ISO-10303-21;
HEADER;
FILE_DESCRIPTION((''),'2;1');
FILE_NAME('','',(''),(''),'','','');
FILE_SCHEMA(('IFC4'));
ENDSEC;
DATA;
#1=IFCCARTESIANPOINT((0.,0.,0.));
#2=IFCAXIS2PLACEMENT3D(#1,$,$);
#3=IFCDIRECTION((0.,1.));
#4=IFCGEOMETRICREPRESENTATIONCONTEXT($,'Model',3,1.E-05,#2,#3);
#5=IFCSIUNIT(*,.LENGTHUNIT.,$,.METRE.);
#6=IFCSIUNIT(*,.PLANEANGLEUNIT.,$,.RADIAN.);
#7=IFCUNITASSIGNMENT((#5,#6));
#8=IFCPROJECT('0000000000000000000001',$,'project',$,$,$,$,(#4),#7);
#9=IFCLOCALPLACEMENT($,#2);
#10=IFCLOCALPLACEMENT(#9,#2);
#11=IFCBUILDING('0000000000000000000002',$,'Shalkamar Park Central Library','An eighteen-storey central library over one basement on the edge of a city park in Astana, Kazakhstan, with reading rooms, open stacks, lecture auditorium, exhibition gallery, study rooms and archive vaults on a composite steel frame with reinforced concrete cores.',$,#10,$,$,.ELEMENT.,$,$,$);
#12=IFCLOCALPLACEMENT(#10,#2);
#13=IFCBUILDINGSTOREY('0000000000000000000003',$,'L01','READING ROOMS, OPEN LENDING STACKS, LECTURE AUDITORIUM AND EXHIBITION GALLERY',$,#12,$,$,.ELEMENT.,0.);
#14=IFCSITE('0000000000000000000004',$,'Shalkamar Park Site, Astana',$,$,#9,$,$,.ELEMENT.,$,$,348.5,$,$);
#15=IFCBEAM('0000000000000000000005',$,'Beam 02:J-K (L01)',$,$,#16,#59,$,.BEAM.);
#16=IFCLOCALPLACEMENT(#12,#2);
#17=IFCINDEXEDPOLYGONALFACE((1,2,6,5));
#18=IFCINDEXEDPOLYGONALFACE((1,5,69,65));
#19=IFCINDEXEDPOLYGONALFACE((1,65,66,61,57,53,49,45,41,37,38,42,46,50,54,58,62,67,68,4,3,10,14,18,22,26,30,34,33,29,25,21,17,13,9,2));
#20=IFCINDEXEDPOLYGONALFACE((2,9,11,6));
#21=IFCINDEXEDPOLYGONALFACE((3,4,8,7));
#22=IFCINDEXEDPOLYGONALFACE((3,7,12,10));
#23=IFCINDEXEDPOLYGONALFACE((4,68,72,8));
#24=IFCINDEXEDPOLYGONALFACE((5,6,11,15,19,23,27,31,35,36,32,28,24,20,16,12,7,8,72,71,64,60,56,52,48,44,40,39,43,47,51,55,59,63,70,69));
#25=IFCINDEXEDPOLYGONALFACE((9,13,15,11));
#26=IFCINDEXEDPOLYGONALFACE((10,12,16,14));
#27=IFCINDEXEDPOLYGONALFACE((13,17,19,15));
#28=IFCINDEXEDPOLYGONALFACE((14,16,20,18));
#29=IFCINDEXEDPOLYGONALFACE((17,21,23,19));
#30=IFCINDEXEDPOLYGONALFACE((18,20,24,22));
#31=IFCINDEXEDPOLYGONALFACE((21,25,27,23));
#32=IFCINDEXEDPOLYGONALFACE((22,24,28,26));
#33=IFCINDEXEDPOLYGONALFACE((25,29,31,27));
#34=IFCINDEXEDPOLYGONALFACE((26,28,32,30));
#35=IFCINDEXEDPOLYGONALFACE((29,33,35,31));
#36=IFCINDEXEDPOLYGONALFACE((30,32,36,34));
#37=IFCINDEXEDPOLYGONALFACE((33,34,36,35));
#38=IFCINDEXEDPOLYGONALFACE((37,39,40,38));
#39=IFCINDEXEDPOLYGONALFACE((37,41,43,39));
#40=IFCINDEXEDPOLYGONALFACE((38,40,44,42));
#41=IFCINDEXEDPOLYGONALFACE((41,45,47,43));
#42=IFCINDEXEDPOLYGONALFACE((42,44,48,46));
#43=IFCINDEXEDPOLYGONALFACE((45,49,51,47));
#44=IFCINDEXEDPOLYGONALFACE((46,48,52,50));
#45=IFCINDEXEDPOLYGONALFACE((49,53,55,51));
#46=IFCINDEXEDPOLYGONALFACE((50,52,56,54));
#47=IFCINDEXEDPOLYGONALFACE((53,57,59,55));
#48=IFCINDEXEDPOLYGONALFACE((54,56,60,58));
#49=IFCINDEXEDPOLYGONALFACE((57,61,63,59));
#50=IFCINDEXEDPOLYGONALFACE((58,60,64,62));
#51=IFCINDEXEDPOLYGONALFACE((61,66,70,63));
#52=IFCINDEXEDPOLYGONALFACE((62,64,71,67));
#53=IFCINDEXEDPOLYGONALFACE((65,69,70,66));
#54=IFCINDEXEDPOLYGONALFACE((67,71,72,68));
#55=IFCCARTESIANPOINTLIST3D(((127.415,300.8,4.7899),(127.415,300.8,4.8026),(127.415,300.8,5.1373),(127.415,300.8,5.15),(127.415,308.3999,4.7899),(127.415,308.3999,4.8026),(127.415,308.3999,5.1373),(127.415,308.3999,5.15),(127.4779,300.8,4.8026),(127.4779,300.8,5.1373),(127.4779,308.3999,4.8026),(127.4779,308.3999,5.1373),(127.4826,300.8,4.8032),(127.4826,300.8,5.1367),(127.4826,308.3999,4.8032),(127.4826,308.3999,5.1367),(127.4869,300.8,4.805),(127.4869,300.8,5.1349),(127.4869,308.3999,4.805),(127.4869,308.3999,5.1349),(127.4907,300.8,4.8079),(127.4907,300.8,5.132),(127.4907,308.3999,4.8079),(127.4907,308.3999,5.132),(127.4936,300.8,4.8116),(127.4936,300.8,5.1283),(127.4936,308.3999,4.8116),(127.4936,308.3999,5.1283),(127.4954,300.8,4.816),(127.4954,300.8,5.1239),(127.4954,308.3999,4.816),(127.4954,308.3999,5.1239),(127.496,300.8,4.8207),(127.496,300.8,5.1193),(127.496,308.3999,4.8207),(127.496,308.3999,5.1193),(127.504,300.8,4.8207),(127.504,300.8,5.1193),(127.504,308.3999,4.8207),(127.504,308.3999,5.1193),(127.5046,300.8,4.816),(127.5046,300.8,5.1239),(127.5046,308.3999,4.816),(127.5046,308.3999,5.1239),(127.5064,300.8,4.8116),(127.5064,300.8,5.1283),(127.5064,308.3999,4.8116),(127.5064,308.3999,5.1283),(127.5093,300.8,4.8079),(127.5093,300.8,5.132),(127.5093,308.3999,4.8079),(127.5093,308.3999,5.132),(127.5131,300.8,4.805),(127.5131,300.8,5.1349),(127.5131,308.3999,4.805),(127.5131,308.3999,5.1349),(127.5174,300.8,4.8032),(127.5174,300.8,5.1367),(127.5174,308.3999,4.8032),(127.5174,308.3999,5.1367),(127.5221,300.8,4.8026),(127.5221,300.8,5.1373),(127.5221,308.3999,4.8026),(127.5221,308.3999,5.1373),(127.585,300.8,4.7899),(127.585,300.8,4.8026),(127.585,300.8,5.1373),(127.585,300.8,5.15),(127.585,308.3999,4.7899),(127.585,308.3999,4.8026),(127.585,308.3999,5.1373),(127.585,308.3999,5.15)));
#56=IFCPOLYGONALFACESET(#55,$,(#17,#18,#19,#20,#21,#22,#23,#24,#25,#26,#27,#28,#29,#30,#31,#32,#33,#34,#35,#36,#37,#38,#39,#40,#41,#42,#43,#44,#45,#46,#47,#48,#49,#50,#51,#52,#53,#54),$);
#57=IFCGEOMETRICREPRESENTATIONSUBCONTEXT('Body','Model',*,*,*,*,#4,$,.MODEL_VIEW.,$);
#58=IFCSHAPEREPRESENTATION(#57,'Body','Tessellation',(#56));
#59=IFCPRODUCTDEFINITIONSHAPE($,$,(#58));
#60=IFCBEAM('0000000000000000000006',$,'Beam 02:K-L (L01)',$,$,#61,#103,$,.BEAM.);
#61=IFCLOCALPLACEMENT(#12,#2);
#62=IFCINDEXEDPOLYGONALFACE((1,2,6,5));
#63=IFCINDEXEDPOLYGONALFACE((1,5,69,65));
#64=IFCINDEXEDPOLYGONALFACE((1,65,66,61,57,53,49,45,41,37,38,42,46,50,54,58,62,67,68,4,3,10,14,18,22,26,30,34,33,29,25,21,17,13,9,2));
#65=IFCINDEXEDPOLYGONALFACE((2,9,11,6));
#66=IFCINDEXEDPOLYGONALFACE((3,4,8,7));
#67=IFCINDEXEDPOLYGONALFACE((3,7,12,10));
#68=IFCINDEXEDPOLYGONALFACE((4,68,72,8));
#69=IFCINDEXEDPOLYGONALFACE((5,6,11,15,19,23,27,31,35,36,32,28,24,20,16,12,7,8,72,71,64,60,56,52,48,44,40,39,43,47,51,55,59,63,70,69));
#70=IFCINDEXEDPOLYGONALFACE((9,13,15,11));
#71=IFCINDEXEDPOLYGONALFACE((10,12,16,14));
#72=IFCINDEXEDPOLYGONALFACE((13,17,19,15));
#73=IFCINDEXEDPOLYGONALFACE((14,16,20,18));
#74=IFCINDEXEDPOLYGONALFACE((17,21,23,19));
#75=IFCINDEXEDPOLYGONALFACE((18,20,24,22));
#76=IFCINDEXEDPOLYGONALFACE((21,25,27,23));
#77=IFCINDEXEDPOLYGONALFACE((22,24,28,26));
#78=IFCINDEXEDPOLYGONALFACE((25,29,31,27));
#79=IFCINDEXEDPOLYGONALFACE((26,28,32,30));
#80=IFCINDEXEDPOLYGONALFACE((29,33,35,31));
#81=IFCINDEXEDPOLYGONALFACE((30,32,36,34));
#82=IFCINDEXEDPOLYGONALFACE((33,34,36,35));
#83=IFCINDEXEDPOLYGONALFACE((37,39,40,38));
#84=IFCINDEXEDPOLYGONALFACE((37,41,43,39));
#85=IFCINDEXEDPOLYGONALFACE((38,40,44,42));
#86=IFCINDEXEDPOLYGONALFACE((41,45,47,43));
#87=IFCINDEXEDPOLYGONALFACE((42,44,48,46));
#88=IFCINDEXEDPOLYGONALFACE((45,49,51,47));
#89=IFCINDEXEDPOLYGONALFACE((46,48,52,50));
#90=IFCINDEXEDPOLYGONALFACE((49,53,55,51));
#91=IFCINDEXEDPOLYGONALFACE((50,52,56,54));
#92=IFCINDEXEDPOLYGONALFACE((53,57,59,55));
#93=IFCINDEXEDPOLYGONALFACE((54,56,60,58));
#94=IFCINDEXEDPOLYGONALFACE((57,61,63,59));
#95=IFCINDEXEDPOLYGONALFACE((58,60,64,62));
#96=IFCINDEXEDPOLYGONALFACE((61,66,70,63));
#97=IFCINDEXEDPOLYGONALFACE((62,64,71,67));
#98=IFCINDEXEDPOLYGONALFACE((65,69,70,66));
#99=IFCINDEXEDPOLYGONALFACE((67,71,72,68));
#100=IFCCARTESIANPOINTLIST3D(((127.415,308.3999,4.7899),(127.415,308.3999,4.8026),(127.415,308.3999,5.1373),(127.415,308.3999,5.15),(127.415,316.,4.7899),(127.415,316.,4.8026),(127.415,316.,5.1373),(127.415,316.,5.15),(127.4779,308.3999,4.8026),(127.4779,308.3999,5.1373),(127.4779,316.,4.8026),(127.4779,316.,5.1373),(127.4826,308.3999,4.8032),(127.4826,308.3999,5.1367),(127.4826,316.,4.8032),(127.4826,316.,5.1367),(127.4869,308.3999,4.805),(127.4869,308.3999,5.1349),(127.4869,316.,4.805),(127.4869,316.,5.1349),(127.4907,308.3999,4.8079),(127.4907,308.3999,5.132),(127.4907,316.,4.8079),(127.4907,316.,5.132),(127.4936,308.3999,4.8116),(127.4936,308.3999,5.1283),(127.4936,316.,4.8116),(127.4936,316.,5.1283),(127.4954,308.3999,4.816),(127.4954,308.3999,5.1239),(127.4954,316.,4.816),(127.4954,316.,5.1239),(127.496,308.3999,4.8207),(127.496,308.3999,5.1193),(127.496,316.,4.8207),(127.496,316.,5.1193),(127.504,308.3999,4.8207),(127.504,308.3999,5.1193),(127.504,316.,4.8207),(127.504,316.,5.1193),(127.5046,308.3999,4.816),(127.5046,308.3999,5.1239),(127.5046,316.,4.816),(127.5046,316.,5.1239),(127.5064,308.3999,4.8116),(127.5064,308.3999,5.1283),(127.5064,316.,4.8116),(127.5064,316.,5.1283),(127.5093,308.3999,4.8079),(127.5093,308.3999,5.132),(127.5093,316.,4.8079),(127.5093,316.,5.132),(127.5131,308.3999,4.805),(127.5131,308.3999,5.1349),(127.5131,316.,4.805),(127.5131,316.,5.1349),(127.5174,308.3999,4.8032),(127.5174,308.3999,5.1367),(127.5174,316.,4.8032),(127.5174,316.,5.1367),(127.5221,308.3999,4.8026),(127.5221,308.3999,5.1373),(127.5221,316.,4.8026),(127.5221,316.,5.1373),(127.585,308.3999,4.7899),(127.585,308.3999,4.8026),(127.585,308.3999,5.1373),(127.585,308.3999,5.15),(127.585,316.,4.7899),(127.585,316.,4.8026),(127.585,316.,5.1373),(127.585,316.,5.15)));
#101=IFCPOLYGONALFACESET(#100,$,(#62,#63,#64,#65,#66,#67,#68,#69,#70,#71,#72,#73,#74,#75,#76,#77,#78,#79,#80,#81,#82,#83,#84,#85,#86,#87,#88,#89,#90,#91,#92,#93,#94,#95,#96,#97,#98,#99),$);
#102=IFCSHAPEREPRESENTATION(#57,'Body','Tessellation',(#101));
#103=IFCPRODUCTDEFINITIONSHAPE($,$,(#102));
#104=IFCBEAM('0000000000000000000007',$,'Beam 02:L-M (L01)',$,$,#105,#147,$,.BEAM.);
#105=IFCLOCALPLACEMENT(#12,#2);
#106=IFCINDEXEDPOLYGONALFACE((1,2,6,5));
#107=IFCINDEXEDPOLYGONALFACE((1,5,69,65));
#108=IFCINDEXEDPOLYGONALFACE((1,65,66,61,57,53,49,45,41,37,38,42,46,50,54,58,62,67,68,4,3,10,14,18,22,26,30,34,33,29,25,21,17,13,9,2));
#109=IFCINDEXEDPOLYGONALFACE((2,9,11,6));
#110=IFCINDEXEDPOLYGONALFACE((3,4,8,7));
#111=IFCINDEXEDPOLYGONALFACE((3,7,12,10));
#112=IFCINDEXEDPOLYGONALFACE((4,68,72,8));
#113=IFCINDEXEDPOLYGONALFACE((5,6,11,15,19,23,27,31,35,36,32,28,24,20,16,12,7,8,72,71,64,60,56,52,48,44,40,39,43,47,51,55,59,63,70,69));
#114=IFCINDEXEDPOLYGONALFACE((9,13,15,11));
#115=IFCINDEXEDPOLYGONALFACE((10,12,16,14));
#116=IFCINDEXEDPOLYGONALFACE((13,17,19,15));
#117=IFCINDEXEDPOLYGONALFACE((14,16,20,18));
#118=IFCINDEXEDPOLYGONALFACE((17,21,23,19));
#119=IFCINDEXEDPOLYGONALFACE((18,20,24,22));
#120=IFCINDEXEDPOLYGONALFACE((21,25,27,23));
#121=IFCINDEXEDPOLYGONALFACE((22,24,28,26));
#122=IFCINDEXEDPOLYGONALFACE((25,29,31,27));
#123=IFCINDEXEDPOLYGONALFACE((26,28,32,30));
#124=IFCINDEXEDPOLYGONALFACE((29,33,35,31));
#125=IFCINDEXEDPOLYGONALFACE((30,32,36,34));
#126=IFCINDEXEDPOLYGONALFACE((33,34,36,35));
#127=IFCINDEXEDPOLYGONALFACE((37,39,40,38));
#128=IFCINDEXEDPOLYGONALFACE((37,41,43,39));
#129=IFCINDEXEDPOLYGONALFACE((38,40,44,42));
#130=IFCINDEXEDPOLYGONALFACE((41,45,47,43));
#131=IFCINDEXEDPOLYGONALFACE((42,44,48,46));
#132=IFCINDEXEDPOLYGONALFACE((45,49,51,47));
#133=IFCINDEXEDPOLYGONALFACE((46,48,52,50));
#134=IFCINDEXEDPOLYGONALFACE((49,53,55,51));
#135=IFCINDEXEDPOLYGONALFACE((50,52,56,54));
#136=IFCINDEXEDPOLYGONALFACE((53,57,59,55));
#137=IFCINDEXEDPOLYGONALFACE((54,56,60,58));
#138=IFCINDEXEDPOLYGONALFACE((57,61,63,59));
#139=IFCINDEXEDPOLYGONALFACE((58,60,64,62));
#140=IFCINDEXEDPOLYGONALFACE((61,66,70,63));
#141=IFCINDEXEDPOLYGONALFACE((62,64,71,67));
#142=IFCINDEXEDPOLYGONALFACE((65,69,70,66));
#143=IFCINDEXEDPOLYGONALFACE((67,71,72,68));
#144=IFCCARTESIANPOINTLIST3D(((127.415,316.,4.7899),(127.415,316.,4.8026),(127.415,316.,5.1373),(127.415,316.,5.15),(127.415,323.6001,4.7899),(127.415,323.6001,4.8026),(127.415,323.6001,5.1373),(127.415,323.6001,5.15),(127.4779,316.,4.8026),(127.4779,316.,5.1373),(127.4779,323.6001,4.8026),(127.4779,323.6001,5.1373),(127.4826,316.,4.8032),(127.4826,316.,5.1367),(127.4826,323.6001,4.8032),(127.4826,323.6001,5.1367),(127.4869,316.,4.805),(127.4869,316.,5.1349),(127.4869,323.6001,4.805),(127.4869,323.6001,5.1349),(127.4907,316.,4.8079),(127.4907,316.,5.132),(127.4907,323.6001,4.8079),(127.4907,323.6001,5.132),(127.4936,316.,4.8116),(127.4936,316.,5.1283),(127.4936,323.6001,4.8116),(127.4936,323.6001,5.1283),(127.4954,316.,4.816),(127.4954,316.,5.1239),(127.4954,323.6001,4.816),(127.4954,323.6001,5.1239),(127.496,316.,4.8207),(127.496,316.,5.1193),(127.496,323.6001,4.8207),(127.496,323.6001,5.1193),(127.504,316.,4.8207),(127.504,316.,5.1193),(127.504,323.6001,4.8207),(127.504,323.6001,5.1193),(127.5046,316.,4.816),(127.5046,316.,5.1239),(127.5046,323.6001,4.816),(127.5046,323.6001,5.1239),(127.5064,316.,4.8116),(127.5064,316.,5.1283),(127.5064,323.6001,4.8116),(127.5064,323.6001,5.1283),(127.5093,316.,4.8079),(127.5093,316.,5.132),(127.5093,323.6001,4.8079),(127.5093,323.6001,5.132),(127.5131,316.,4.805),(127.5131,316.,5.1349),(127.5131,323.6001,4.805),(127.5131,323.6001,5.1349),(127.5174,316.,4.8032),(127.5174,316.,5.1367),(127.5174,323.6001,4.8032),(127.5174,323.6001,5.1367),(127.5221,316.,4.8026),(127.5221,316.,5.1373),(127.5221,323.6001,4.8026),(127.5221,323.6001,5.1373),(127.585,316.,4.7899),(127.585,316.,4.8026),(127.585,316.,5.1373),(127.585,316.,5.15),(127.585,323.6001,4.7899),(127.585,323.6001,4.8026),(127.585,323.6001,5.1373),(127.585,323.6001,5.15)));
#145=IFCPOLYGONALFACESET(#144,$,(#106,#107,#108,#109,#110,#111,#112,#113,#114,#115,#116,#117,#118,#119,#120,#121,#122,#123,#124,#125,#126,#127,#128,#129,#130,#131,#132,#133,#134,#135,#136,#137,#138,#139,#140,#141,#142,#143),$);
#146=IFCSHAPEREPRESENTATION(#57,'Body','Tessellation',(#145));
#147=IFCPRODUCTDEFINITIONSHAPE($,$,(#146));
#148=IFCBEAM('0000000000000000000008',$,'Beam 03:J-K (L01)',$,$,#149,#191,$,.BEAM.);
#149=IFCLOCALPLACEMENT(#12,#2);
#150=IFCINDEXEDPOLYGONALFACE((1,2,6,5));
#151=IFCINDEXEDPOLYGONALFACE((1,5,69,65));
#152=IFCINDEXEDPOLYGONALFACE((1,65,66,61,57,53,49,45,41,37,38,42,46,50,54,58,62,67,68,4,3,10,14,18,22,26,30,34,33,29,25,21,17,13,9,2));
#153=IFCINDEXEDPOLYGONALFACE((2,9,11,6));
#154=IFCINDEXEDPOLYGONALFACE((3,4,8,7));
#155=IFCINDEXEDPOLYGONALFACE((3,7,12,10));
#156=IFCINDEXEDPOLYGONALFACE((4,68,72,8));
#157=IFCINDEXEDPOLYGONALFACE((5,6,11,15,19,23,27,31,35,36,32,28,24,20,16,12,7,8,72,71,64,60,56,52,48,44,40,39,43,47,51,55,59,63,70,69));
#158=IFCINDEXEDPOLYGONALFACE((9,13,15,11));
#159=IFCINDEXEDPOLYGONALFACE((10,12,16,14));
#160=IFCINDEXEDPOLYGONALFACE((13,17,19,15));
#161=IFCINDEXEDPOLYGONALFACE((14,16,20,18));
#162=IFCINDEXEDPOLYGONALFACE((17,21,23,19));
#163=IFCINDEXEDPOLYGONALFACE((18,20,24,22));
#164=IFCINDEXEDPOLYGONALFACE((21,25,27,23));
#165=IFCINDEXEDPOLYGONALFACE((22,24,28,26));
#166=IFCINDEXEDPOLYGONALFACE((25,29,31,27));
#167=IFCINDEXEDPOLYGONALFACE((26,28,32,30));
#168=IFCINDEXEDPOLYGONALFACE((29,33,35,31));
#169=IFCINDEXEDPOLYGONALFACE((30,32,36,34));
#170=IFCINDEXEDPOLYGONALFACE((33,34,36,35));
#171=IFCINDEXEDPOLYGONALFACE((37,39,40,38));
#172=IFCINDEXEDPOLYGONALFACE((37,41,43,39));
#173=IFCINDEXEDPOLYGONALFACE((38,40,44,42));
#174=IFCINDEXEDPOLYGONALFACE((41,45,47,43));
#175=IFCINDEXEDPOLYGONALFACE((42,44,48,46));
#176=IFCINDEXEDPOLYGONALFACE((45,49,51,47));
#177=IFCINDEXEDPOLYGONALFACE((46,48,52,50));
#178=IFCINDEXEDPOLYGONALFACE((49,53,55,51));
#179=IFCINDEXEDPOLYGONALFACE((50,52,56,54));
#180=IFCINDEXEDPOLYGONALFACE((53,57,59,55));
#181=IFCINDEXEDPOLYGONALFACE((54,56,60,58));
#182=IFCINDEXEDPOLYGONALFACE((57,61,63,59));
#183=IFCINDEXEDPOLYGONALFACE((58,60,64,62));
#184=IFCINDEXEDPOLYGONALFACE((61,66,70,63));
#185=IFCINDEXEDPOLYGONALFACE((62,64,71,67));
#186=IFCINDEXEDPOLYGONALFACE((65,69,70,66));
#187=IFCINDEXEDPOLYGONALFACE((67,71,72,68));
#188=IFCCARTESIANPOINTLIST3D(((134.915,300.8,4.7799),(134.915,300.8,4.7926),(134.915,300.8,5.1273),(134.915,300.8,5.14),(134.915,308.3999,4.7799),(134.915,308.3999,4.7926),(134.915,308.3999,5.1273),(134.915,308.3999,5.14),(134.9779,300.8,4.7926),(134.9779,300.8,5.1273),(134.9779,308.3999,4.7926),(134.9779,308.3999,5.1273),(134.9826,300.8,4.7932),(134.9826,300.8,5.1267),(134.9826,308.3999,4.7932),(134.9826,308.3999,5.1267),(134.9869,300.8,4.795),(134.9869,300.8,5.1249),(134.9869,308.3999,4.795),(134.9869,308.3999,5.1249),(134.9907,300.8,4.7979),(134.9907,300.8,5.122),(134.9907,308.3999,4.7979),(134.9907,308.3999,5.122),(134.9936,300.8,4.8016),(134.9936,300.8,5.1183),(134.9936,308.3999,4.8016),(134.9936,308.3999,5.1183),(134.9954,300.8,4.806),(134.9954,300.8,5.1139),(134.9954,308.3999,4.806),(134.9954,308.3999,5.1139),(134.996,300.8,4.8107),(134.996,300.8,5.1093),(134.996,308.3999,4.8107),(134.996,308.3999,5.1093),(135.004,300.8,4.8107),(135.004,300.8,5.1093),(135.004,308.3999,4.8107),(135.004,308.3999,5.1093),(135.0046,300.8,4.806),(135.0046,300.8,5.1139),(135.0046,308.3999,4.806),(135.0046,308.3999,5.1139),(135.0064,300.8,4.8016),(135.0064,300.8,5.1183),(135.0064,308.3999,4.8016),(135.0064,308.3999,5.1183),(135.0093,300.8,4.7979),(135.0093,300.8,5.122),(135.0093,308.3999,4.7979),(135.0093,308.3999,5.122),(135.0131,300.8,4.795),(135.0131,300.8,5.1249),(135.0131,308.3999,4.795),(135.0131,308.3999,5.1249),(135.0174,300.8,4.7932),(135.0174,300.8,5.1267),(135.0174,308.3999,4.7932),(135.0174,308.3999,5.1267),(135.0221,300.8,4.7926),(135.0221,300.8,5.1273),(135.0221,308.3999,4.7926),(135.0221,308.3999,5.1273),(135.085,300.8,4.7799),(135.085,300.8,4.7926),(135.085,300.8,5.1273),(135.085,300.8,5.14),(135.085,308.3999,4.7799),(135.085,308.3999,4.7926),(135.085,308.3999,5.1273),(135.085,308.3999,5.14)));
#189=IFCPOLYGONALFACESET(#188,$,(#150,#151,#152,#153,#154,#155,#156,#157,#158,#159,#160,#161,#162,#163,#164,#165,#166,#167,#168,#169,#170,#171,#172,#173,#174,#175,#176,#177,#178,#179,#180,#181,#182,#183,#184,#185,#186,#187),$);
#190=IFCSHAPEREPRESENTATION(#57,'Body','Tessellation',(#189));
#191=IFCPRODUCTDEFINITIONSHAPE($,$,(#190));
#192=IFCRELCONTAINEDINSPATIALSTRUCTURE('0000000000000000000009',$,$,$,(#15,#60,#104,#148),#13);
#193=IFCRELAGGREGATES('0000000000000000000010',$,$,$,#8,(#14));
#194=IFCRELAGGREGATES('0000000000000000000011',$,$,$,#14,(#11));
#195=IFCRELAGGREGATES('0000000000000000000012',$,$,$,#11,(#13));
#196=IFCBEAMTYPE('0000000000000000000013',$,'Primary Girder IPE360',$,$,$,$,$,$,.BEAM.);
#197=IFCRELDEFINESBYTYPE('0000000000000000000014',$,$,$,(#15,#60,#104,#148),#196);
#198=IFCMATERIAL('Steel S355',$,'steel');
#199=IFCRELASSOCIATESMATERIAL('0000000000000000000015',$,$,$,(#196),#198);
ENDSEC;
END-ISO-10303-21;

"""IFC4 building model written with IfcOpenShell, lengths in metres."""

from ifc_helpers import new_model, si_unit, direction, frame, origin, origin_2d, place, context, subcontext, project, spatial, i_section, extrude, material, material_profile, profile_set, type_object, element, save


model = new_model("IFC4")

# Units and contexts
model_context = context("Model", 3, precision=1e-05, world=origin(), true_north=direction((0.0, 1.0)))
body_context = subcontext(model_context, "Body", "Model", "MODEL_VIEW")
ifc_project = project(units=[si_unit("LENGTHUNIT", "METRE"), si_unit("PLANEANGLEUNIT", "RADIAN")], contexts=[model_context])

# Site, building, storey
site_placement = place(None, origin())
site = spatial("IfcSite", under=ifc_project, at=site_placement, Name="Shalkamar Park Site, Astana", CompositionType="ELEMENT", RefElevation=348.5)
building_placement = place(site_placement, origin())
building = spatial("IfcBuilding", under=site, at=building_placement, Name="Shalkamar Park Central Library", Description="An eighteen-storey central library over one basement on the edge of a city park in Astana, Kazakhstan, with reading rooms, open stacks, lecture auditorium, exhibition gallery, study rooms and archive vaults on a composite steel frame with reinforced concrete cores.", CompositionType="ELEMENT")
storey_placement = place(building_placement, origin())
storey = spatial("IfcBuildingStorey", under=building, at=storey_placement, Name="L01", Description="READING ROOMS, OPEN LENDING STACKS, LECTURE AUDITORIUM AND EXHIBITION GALLERY", CompositionType="ELEMENT", Elevation=0.0)

# Shared definitions
ifc_material_1 = material(Name="Steel S355", Category="steel")

# Beams
ifc_material_profile_1 = material_profile(ifc_material_1, i_section(OverallWidth=0.1699, OverallDepth=0.3601, WebThickness=0.0081, FlangeThickness=0.0127, FilletRadius=0.0181, at=origin_2d()), Name="IPE 360")
ifc_profile_set_1 = profile_set([ifc_material_profile_1], Name="Steel S355")
beam_type_1 = type_object("IfcBeamType", Name="Primary Girder IPE360", PredefinedType="BEAM", material=ifc_profile_set_1)
beam_1_placement = place(storey_placement, frame((127.5, 300.8, 4.97), z_axis=(0.0, 1.0, 0.0), x_axis=(-1.0, 0.0, 0.0)))
element("IfcBeam", 1, at=beam_1_placement, inside=storey, type_object=beam_type_1, Name="Beam 02:J-K (L01)", PredefinedType="BEAM", context=body_context, shape_type="SweptSolid", body=[
    extrude(i_section(OverallWidth=0.1699, OverallDepth=0.3601, WebThickness=0.0081, FlangeThickness=0.0127, FilletRadius=0.0181, at=origin_2d()), origin(), (0.0, 0.0, 1.0), 7.5999),
])
for number, where, z_axis, x_axis, name in (
    (2, (127.5, 308.3999, 4.97), (0.0, 1.0, 0.0), (-1.0, 0.0, 0.0), "Beam 02:K-L (L01)"),
    (3, (127.5, 316.0, 4.97), (0.0, 1.0, 0.0), (-1.0, 0.0, 0.0), "Beam 02:L-M (L01)"),
):
    element("IfcBeam", number, at=place(storey_placement, frame(where, z_axis=z_axis, x_axis=x_axis)), inside=storey, type_object=beam_type_1, Name=name, PredefinedType="BEAM", context=body_context, shape_type="SweptSolid", body=[
        extrude(i_section(OverallWidth=0.1699, OverallDepth=0.3601, WebThickness=0.0081, FlangeThickness=0.0127, FilletRadius=0.0181, at=origin_2d()), origin(), (0.0, 0.0, 1.0), 7.6001),
    ])
beam_2_placement = place(storey_placement, frame((135.0, 300.8, 4.96), z_axis=(0.0, 1.0, 0.0), x_axis=(-1.0, 0.0, 0.0)))
element("IfcBeam", 4, at=beam_2_placement, inside=storey, type_object=beam_type_1, Name="Beam 03:J-K (L01)", PredefinedType="BEAM", context=body_context, shape_type="SweptSolid", body=[
    extrude(i_section(OverallWidth=0.1699, OverallDepth=0.3601, WebThickness=0.0081, FlangeThickness=0.0127, FilletRadius=0.0181, at=origin_2d()), origin(), (0.0, 0.0, 1.0), 7.5999),
])

save(model, "model.ifc")
